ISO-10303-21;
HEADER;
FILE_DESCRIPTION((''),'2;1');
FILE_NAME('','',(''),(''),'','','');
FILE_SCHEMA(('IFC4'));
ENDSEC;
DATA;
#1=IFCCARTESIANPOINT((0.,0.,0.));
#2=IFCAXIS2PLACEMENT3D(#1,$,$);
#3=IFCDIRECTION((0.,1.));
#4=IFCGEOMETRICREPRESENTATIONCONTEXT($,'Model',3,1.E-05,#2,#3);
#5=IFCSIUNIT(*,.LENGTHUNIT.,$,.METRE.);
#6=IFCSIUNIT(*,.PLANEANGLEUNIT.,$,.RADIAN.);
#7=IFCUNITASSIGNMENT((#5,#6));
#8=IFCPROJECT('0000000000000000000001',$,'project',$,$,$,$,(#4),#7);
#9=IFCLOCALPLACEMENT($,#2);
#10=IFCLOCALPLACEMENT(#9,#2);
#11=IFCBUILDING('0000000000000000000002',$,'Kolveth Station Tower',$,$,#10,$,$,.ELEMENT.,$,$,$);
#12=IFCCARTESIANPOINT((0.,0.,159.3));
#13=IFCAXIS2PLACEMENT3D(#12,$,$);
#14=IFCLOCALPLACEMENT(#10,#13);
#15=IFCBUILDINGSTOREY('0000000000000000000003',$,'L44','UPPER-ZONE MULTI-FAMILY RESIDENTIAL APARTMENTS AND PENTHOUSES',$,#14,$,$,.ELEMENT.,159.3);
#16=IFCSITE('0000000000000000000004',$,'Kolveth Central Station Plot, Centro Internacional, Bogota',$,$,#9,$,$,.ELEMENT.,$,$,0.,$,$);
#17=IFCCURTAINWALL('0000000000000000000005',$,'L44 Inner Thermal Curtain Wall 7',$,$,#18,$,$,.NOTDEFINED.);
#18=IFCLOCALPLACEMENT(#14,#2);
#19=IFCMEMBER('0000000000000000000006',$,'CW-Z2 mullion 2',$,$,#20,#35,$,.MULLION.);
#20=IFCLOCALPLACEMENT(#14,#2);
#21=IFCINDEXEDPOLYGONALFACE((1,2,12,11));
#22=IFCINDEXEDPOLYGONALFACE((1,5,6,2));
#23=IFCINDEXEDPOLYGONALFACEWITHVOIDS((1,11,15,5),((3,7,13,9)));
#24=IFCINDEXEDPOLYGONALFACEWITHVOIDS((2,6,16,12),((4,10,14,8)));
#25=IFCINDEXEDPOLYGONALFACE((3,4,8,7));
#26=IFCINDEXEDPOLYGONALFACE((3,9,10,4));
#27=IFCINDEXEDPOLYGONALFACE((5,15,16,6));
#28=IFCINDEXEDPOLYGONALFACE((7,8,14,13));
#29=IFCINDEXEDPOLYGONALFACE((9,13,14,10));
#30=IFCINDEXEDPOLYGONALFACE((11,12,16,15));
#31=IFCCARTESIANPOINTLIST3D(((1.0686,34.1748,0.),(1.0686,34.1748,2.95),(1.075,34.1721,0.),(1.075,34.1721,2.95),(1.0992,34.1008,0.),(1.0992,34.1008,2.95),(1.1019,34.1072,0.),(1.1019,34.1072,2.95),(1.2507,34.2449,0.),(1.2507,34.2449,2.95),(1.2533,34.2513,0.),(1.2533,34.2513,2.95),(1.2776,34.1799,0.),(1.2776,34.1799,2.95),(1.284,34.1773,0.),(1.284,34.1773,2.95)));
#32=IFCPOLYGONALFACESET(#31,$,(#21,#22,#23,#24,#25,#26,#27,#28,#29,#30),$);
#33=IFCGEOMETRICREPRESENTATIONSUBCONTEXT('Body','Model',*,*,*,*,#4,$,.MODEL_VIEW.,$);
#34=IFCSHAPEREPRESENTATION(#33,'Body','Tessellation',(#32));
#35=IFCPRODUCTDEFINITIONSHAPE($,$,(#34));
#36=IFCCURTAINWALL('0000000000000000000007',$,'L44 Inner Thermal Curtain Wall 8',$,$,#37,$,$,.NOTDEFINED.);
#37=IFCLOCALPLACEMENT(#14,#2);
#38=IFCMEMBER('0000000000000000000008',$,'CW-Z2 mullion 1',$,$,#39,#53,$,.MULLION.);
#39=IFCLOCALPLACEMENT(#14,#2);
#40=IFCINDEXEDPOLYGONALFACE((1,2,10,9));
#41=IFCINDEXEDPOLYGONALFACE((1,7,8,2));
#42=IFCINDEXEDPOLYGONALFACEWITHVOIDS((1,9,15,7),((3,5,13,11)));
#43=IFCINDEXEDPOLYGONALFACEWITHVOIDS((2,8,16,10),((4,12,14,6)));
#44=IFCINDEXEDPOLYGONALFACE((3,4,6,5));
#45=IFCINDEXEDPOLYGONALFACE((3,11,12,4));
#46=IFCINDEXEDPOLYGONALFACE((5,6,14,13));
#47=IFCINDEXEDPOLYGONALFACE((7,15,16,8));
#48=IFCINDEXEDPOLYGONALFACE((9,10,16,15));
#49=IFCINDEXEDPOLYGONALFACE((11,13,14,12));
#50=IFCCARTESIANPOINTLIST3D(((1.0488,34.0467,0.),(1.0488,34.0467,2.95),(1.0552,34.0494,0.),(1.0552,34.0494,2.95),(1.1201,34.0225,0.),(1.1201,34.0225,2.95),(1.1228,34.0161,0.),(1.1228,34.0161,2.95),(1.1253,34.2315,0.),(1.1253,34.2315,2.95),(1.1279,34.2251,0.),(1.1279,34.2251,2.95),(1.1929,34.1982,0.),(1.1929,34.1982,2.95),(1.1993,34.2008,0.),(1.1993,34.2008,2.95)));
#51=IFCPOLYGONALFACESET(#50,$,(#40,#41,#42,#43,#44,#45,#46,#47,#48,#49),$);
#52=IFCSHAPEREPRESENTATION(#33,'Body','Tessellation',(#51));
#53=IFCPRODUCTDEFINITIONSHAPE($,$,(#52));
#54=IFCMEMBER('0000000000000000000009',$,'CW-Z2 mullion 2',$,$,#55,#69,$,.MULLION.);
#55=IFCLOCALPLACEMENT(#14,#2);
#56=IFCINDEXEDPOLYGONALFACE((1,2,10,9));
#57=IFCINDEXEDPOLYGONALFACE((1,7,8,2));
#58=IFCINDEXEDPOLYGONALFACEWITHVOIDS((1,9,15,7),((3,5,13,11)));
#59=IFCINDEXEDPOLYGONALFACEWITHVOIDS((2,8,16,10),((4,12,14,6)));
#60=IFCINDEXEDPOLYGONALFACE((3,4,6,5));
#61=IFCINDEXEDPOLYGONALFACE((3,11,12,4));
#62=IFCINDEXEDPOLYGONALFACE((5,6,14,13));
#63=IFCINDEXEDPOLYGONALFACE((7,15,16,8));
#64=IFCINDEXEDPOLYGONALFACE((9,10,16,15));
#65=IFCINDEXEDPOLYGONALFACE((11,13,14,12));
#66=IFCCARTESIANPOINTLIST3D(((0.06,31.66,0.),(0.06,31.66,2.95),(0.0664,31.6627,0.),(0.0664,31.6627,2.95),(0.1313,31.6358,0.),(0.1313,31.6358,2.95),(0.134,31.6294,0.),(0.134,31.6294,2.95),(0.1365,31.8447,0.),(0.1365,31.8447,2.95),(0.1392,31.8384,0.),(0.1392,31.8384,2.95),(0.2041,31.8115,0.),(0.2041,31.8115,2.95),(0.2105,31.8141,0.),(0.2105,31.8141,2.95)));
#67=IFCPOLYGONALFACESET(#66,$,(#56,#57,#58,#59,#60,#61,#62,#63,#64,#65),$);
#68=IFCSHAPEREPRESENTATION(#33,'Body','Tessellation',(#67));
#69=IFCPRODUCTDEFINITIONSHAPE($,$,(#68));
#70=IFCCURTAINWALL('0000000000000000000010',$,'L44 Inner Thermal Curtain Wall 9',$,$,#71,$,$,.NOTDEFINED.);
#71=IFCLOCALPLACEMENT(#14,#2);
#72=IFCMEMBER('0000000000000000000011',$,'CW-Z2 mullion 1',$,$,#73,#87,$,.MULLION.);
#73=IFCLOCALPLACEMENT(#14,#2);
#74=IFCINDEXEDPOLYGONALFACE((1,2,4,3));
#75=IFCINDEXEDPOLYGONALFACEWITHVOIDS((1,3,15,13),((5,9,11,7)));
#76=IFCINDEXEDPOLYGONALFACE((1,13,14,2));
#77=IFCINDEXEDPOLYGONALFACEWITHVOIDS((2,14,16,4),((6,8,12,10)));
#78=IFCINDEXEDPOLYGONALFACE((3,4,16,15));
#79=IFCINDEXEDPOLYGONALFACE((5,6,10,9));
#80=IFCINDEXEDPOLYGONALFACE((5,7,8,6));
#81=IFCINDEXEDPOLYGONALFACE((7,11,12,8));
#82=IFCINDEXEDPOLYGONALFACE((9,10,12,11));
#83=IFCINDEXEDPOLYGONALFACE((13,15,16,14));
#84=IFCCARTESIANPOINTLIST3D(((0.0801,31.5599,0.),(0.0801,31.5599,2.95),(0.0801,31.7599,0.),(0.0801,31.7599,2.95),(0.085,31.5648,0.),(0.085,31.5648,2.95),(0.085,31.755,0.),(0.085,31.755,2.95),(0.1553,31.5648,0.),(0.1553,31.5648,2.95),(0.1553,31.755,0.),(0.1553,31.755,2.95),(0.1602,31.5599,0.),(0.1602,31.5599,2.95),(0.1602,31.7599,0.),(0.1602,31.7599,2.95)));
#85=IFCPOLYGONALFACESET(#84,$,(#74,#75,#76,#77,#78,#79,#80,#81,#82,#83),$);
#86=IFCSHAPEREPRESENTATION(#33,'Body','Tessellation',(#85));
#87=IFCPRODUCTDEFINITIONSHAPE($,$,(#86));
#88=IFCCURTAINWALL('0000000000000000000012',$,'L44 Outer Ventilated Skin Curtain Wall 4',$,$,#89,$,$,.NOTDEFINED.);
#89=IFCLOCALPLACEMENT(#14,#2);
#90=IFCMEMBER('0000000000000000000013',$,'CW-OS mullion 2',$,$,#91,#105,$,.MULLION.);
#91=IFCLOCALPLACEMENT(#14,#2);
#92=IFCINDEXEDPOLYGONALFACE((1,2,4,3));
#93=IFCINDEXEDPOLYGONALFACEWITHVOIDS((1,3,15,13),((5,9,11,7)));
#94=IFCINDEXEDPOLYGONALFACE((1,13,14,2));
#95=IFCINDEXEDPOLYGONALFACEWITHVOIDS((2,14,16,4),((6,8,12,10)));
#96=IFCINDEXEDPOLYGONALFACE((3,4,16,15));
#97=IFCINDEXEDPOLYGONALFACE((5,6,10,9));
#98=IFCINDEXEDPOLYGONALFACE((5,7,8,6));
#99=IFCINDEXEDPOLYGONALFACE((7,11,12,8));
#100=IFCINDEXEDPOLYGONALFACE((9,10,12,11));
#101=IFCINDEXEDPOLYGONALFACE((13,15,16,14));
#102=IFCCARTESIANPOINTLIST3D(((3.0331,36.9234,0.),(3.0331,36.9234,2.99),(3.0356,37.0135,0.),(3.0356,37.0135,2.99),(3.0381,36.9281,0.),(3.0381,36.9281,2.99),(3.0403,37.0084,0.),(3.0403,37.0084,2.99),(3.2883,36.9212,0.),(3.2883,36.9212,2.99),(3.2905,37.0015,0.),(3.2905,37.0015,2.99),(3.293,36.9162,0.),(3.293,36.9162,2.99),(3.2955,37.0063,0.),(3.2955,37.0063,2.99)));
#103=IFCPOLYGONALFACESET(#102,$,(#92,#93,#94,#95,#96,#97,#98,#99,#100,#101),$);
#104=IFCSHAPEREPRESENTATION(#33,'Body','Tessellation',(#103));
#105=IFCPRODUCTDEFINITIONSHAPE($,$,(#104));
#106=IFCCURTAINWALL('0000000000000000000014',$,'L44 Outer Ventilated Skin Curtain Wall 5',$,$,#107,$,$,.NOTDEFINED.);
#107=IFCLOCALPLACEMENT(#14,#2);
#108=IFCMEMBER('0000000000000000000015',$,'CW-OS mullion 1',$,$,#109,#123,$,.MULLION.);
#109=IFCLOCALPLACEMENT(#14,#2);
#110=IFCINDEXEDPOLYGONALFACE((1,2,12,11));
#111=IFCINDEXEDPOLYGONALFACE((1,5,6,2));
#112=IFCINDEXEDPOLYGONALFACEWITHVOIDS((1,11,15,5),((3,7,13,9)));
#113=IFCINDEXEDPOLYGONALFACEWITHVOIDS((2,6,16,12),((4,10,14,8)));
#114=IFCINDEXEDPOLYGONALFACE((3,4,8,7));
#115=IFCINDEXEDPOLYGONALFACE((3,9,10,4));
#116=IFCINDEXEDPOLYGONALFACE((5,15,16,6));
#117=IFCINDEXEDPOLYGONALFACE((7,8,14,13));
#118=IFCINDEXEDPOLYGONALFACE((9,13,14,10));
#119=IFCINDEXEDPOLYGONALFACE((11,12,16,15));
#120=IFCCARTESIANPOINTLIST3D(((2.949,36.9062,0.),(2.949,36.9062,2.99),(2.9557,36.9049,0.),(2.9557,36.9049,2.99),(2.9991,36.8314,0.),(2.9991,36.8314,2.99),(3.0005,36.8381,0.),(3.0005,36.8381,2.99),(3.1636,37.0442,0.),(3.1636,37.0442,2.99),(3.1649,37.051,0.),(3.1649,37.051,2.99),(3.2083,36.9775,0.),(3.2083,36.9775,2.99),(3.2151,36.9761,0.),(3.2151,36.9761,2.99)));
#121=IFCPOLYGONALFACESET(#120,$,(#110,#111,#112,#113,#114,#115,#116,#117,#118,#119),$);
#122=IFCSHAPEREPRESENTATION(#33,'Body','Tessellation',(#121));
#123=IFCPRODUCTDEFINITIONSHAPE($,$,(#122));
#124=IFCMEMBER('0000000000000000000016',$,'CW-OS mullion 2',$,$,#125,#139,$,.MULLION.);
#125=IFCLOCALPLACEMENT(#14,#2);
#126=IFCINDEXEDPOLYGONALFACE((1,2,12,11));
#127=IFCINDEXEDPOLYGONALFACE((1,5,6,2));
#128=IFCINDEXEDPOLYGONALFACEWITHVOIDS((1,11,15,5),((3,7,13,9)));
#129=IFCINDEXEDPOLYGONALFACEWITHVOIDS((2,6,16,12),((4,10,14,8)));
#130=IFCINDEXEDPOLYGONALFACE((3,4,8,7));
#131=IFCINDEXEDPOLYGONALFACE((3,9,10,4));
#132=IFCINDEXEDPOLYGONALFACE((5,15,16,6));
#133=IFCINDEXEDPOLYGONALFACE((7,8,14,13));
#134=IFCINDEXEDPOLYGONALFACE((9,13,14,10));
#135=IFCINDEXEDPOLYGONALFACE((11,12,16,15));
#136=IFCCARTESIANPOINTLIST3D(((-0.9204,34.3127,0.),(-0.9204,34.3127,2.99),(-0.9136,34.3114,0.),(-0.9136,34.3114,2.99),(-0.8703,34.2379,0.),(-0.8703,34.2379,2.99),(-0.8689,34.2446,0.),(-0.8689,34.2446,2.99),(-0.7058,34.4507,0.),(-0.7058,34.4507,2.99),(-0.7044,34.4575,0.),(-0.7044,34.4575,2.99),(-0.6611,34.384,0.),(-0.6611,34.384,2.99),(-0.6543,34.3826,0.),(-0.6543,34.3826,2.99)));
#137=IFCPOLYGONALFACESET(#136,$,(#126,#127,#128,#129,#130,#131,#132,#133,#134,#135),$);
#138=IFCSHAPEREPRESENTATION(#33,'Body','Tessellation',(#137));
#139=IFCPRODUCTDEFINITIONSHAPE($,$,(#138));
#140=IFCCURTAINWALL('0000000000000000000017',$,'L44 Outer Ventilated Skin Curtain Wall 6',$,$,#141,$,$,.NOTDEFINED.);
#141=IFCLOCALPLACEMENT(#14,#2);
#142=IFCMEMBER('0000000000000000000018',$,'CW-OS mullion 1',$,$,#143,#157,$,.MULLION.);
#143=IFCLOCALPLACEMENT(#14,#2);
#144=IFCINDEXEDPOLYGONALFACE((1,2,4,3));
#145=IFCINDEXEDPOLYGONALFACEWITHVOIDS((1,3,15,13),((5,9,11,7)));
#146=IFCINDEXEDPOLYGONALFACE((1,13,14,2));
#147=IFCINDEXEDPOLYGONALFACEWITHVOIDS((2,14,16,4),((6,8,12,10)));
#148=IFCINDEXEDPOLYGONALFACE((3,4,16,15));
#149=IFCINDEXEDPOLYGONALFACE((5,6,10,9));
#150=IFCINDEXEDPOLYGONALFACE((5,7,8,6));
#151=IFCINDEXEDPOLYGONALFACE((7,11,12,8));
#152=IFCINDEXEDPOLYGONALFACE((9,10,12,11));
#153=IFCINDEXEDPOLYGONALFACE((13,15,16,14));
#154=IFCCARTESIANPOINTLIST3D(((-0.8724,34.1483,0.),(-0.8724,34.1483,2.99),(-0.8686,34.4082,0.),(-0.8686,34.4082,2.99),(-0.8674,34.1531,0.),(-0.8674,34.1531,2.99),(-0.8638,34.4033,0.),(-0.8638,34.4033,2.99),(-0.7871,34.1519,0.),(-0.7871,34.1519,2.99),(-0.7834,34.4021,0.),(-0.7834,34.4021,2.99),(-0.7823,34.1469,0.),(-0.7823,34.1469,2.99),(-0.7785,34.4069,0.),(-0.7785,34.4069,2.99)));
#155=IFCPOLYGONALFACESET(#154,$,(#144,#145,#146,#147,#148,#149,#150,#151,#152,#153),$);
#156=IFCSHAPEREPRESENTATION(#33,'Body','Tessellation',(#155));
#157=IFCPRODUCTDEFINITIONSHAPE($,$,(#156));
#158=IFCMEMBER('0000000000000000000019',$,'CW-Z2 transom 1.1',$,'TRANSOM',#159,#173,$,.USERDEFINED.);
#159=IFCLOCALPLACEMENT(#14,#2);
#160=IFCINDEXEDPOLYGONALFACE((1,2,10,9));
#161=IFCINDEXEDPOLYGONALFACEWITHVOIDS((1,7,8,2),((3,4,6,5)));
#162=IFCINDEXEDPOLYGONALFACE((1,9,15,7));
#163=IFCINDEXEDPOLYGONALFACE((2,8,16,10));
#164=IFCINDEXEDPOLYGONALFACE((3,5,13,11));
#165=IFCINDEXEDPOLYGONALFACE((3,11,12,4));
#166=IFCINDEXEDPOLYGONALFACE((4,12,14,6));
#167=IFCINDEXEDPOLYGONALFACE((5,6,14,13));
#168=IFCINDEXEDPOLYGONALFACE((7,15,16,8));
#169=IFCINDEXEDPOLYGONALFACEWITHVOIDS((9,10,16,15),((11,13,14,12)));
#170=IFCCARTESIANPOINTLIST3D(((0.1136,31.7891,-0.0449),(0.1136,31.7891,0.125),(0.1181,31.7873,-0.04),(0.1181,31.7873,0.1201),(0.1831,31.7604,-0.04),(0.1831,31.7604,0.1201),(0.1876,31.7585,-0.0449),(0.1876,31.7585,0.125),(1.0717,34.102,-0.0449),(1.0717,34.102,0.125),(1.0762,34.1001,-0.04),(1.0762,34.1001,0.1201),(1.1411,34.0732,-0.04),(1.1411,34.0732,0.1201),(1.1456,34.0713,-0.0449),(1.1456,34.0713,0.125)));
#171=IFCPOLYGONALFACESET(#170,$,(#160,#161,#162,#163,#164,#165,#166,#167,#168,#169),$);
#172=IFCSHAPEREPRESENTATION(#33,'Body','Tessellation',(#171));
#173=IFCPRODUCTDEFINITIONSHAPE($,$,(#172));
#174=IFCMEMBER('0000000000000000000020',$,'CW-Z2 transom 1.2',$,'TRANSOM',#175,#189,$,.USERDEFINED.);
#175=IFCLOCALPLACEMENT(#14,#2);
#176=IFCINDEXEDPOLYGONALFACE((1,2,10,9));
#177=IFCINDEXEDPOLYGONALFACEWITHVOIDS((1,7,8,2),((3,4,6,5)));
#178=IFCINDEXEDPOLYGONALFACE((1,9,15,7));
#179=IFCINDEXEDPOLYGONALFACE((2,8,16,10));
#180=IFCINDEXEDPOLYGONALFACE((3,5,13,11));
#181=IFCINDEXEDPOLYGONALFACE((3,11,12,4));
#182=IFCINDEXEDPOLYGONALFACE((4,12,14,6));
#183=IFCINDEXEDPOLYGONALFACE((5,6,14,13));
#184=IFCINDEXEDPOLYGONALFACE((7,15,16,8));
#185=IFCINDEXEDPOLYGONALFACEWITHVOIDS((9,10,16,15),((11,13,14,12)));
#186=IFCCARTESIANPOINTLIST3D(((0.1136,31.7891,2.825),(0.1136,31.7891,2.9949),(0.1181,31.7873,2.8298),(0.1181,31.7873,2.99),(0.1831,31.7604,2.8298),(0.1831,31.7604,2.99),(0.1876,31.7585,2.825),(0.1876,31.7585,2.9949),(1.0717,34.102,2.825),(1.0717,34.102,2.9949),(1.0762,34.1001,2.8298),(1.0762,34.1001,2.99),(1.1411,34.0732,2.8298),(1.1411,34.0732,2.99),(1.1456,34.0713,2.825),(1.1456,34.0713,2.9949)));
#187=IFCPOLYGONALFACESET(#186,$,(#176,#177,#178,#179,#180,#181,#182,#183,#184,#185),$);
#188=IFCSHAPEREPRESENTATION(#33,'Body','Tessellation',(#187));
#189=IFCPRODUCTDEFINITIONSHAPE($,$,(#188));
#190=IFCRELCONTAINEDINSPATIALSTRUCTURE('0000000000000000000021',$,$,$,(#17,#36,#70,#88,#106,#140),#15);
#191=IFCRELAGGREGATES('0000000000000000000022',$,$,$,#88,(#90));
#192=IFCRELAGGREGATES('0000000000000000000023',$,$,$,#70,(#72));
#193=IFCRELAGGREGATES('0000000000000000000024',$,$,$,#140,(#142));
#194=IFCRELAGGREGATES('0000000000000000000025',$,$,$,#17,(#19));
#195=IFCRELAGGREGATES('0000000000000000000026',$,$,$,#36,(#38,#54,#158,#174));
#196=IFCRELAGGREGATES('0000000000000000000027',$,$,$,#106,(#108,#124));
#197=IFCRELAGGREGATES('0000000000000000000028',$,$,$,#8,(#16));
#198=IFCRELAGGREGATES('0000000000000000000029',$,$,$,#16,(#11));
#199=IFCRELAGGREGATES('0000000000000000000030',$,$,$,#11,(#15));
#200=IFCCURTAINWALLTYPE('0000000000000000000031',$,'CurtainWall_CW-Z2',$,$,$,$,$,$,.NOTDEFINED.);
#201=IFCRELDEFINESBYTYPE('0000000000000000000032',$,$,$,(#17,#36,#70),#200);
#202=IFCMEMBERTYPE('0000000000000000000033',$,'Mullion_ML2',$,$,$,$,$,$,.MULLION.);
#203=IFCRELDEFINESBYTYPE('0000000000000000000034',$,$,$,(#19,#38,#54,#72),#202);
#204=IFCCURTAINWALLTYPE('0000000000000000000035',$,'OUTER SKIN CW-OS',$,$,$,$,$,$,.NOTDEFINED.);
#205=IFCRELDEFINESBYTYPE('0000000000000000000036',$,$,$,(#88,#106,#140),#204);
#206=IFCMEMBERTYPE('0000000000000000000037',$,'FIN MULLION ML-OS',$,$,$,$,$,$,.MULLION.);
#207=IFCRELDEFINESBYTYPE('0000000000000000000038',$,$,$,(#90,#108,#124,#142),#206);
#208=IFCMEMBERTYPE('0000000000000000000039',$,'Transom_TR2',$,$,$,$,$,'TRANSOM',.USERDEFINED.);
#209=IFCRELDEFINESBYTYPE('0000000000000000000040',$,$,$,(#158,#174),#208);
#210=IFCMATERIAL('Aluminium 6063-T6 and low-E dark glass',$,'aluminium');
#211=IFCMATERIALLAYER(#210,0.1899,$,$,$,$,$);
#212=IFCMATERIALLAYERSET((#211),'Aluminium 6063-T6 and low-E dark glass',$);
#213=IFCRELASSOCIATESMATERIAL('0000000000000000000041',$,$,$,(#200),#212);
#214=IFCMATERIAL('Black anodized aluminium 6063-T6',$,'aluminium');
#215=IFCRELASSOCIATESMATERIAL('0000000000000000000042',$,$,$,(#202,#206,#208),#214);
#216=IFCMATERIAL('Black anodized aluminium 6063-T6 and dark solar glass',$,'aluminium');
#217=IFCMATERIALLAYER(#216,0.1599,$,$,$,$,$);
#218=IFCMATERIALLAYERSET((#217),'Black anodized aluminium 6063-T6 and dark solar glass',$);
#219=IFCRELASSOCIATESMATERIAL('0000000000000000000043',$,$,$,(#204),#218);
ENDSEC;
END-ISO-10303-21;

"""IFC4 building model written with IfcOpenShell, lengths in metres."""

from ifc_helpers import new_model, si_unit, direction, frame, origin, origin_2d, place, context, subcontext, project, spatial, hollow_rectangle, extrude, source, transform, mapped, material, layer, layer_set, material_profile, profile_set, type_object, element, aggregate, save


model = new_model("IFC4")

# Units and contexts
model_context = context("Model", 3, precision=1e-05, world=origin(), true_north=direction((0.0, 1.0)))
body_context = subcontext(model_context, "Body", "Model", "MODEL_VIEW")
ifc_project = project(units=[si_unit("LENGTHUNIT", "METRE"), si_unit("PLANEANGLEUNIT", "RADIAN")], contexts=[model_context])

# Site, building, storey
site_placement = place(None, origin())
site = spatial("IfcSite", under=ifc_project, at=site_placement, Name="Kolveth Central Station Plot, Centro Internacional, Bogota", CompositionType="ELEMENT", RefElevation=0.0)
building_placement = place(site_placement, origin())
building = spatial("IfcBuilding", under=site, at=building_placement, Name="Kolveth Station Tower", CompositionType="ELEMENT")
storey_placement = place(building_placement, frame((0.0, 0.0, 159.3)))
storey = spatial("IfcBuildingStorey", under=building, at=storey_placement, Name="L44", Description="UPPER-ZONE MULTI-FAMILY RESIDENTIAL APARTMENTS AND PENTHOUSES", CompositionType="ELEMENT", Elevation=159.3)

# Curtain wall, member
ifc_material_1 = material(Name="Aluminium 6063-T6 and low-E dark glass", Category="aluminium")
ifc_layer_1 = layer(ifc_material_1, 0.1899)
ifc_layer_set_1 = layer_set([ifc_layer_1], Name="Aluminium 6063-T6 and low-E dark glass")
curtain_wall_type_1 = type_object("IfcCurtainWallType", Name="CurtainWall_CW-Z2", PredefinedType="NOTDEFINED", material=ifc_layer_set_1)
curtain_wall_1_placement = place(storey_placement, origin())
curtain_wall_1 = element("IfcCurtainWall", 1, at=curtain_wall_1_placement, inside=storey, type_object=curtain_wall_type_1, Name="L44 Inner Thermal Curtain Wall 7", PredefinedType="NOTDEFINED")
ifc_material_2 = material(Name="Black anodized aluminium 6063-T6", Category="aluminium")
ifc_material_profile_1 = material_profile(ifc_material_2, hollow_rectangle(XDim=0.0801, YDim=0.2, WallThickness=0.0049, at=origin_2d()), Name="ALU-80x200x5")
ifc_profile_set_1 = profile_set([ifc_material_profile_1], Name="Black anodized aluminium 6063-T6")
member_type_1 = type_object("IfcMemberType", Name="Mullion_ML2", PredefinedType="MULLION", material=ifc_profile_set_1)
shared_shape_1 = source(origin(), body_context, "Body", "SweptSolid", [
    extrude(hollow_rectangle(XDim=0.0801, YDim=0.2, WallThickness=0.0049, at=origin_2d()), origin(), (0.0, 0.0, 1.0), 2.95),
])
member_1_placement = place(storey_placement, frame((1.1763, 34.176, 0.0), z_axis=(0.0, 0.0, 1.0), x_axis=(0.382698, -0.923874, 0.0)))
member_1 = element("IfcMember", 2, at=member_1_placement, type_object=member_type_1, Name="CW-Z2 mullion 2", PredefinedType="MULLION", context=body_context, shape_type="MappedRepresentation", body=[
    mapped(shared_shape_1, transform((0.0, 0.0, 0.0), x_axis=(1.0, 0.0, 0.0), y_axis=(0.0, 1.0, 0.0), z_axis=(0.0, 0.0, 1.0), scale=1.0)),
])

# Curtain wall, members
curtain_wall_2_placement = place(storey_placement, origin())
curtain_wall_2 = element("IfcCurtainWall", 3, at=curtain_wall_2_placement, inside=storey, type_object=curtain_wall_type_1, Name="L44 Inner Thermal Curtain Wall 8", PredefinedType="NOTDEFINED")
member_2_placement = place(storey_placement, frame((1.124, 34.1238, 0.0), z_axis=(0.0, 0.0, 1.0), x_axis=(0.923874, -0.382698, 0.0)))
member_2 = element("IfcMember", 4, at=member_2_placement, type_object=member_type_1, Name="CW-Z2 mullion 1", PredefinedType="MULLION", context=body_context, shape_type="MappedRepresentation", body=[
    mapped(shared_shape_1, transform((0.0, 0.0, 0.0), x_axis=(1.0, 0.0, 0.0), y_axis=(0.0, 1.0, 0.0), z_axis=(0.0, 0.0, 1.0), scale=1.0)),
])
member_3_placement = place(storey_placement, frame((0.1353, 31.7371, 0.0), z_axis=(0.0, 0.0, 1.0), x_axis=(0.923874, -0.382698, 0.0)))
member_3 = element("IfcMember", 5, at=member_3_placement, type_object=member_type_1, Name="CW-Z2 mullion 2", PredefinedType="MULLION", context=body_context, shape_type="MappedRepresentation", body=[
    mapped(shared_shape_1, transform((0.0, 0.0, 0.0), x_axis=(1.0, 0.0, 0.0), y_axis=(0.0, 1.0, 0.0), z_axis=(0.0, 0.0, 1.0), scale=1.0)),
])

# Curtain walls, members
curtain_wall_3_placement = place(storey_placement, origin())
curtain_wall_3 = element("IfcCurtainWall", 6, at=curtain_wall_3_placement, inside=storey, type_object=curtain_wall_type_1, Name="L44 Inner Thermal Curtain Wall 9", PredefinedType="NOTDEFINED")
member_4_placement = place(storey_placement, frame((0.1201, 31.6599, 0.0), z_axis=(0.0, 0.0, 1.0), x_axis=(1.0, 0.0, 0.0)))
member_4 = element("IfcMember", 7, at=member_4_placement, type_object=member_type_1, Name="CW-Z2 mullion 1", PredefinedType="MULLION", context=body_context, shape_type="MappedRepresentation", body=[
    mapped(shared_shape_1, transform((0.0, 0.0, 0.0), x_axis=(1.0, 0.0, 0.0), y_axis=(0.0, 1.0, 0.0), z_axis=(0.0, 0.0, 1.0), scale=1.0)),
])
ifc_material_3 = material(Name="Black anodized aluminium 6063-T6 and dark solar glass", Category="aluminium")
ifc_layer_2 = layer(ifc_material_3, 0.1599)
ifc_layer_set_2 = layer_set([ifc_layer_2], Name="Black anodized aluminium 6063-T6 and dark solar glass")
curtain_wall_type_2 = type_object("IfcCurtainWallType", Name="OUTER SKIN CW-OS", PredefinedType="NOTDEFINED", material=ifc_layer_set_2)
curtain_wall_4_placement = place(storey_placement, origin())
curtain_wall_4 = element("IfcCurtainWall", 8, at=curtain_wall_4_placement, inside=storey, type_object=curtain_wall_type_2, Name="L44 Outer Ventilated Skin Curtain Wall 4", PredefinedType="NOTDEFINED")
ifc_material_profile_2 = material_profile(ifc_material_2, hollow_rectangle(XDim=0.0901, YDim=0.26, WallThickness=0.0049, at=origin_2d()), Name="ALU-90x260x5")
ifc_profile_set_2 = profile_set([ifc_material_profile_2], Name="Black anodized aluminium 6063-T6")
member_type_2 = type_object("IfcMemberType", Name="FIN MULLION ML-OS", PredefinedType="MULLION", material=ifc_profile_set_2)
shared_shape_2 = source(origin(), body_context, "Body", "SweptSolid", [
    extrude(hollow_rectangle(XDim=0.0901, YDim=0.26, WallThickness=0.0049, at=origin_2d()), origin(), (0.0, 0.0, 1.0), 2.99),
])
member_5_placement = place(storey_placement, frame((3.1643, 36.9648, 0.0), z_axis=(0.0, 0.0, 1.0), x_axis=(-0.027569, -0.99962, 0.0)))
member_5 = element("IfcMember", 9, at=member_5_placement, type_object=member_type_2, Name="CW-OS mullion 2", PredefinedType="MULLION", context=body_context, shape_type="MappedRepresentation", body=[
    mapped(shared_shape_2, transform((0.0, 0.0, 0.0), x_axis=(1.0, 0.0, 0.0), y_axis=(0.0, 1.0, 0.0), z_axis=(0.0, 0.0, 1.0), scale=1.0)),
])
aggregate(curtain_wall_4, [member_5])

# Curtain wall, members
curtain_wall_5_placement = place(storey_placement, origin())
curtain_wall_5 = element("IfcCurtainWall", 10, at=curtain_wall_5_placement, inside=storey, type_object=curtain_wall_type_2, Name="L44 Outer Ventilated Skin Curtain Wall 5", PredefinedType="NOTDEFINED")
member_6_placement = place(storey_placement, frame((3.082, 36.9412, 0.0), z_axis=(0.0, 0.0, 1.0), x_axis=(0.556759, -0.830674, 0.0)))
member_6 = element("IfcMember", 11, at=member_6_placement, type_object=member_type_2, Name="CW-OS mullion 1", PredefinedType="MULLION", context=body_context, shape_type="MappedRepresentation", body=[
    mapped(shared_shape_2, transform((0.0, 0.0, 0.0), x_axis=(1.0, 0.0, 0.0), y_axis=(0.0, 1.0, 0.0), z_axis=(0.0, 0.0, 1.0), scale=1.0)),
])
member_7_placement = place(storey_placement, frame((-0.7874, 34.3477, 0.0), z_axis=(0.0, 0.0, 1.0), x_axis=(0.556759, -0.830674, 0.0)))
member_7 = element("IfcMember", 12, at=member_7_placement, type_object=member_type_2, Name="CW-OS mullion 2", PredefinedType="MULLION", context=body_context, shape_type="MappedRepresentation", body=[
    mapped(shared_shape_2, transform((0.0, 0.0, 0.0), x_axis=(1.0, 0.0, 0.0), y_axis=(0.0, 1.0, 0.0), z_axis=(0.0, 0.0, 1.0), scale=1.0)),
])

# Curtain wall, member
curtain_wall_6_placement = place(storey_placement, origin())
curtain_wall_6 = element("IfcCurtainWall", 13, at=curtain_wall_6_placement, inside=storey, type_object=curtain_wall_type_2, Name="L44 Outer Ventilated Skin Curtain Wall 6", PredefinedType="NOTDEFINED")
member_8_placement = place(storey_placement, frame((-0.8254, 34.2776, 0.0), z_axis=(0.0, 0.0, 1.0), x_axis=(0.999892, -0.014718, 0.0)))
member_8 = element("IfcMember", 14, at=member_8_placement, type_object=member_type_2, Name="CW-OS mullion 1", PredefinedType="MULLION", context=body_context, shape_type="MappedRepresentation", body=[
    mapped(shared_shape_2, transform((0.0, 0.0, 0.0), x_axis=(1.0, 0.0, 0.0), y_axis=(0.0, 1.0, 0.0), z_axis=(0.0, 0.0, 1.0), scale=1.0)),
])

# Members
ifc_material_profile_3 = material_profile(ifc_material_2, hollow_rectangle(XDim=0.0801, YDim=0.1699, WallThickness=0.0049, at=origin_2d()), Name="ALU-80x170x5")
ifc_profile_set_3 = profile_set([ifc_material_profile_3], Name="Black anodized aluminium 6063-T6")
member_type_3 = type_object("IfcMemberType", Name="Transom_TR2", ElementType="TRANSOM", PredefinedType="USERDEFINED", material=ifc_profile_set_3)
shared_shape_3 = source(origin(), body_context, "Body", "SweptSolid", [
    extrude(hollow_rectangle(XDim=0.0801, YDim=0.1699, WallThickness=0.0049, at=origin_2d()), origin(), (0.0, 0.0, 1.0), 2.5034),
])
member_9_placement = place(storey_placement, frame((1.1086, 34.0867, 0.04), z_axis=(-0.382696, -0.923874, 0.0), x_axis=(0.923874, -0.382696, 0.0)))
member_9 = element("IfcMember", 15, at=member_9_placement, type_object=member_type_3, Name="CW-Z2 transom 1.1", ObjectType="TRANSOM", PredefinedType="USERDEFINED", context=body_context, shape_type="MappedRepresentation", body=[
    mapped(shared_shape_3, transform((0.0, 0.0, 0.0), x_axis=(1.0, 0.0, 0.0), y_axis=(0.0, 1.0, 0.0), z_axis=(0.0, 0.0, 1.0), scale=1.0)),
])
member_10_placement = place(storey_placement, frame((1.1086, 34.0867, 2.9099), z_axis=(-0.382696, -0.923874, 0.0), x_axis=(0.923874, -0.382696, 0.0)))
member_10 = element("IfcMember", 16, at=member_10_placement, type_object=member_type_3, Name="CW-Z2 transom 1.2", ObjectType="TRANSOM", PredefinedType="USERDEFINED", context=body_context, shape_type="MappedRepresentation", body=[
    mapped(shared_shape_3, transform((0.0, 0.0, 0.0), x_axis=(1.0, 0.0, 0.0), y_axis=(0.0, 1.0, 0.0), z_axis=(0.0, 0.0, 1.0), scale=1.0)),
])
aggregate(curtain_wall_3, [member_4])
aggregate(curtain_wall_6, [member_8])

aggregate(curtain_wall_1, [member_1])
aggregate(curtain_wall_2, [member_2, member_3, member_9, member_10])
aggregate(curtain_wall_5, [member_6, member_7])

save(model, "model.ifc")
